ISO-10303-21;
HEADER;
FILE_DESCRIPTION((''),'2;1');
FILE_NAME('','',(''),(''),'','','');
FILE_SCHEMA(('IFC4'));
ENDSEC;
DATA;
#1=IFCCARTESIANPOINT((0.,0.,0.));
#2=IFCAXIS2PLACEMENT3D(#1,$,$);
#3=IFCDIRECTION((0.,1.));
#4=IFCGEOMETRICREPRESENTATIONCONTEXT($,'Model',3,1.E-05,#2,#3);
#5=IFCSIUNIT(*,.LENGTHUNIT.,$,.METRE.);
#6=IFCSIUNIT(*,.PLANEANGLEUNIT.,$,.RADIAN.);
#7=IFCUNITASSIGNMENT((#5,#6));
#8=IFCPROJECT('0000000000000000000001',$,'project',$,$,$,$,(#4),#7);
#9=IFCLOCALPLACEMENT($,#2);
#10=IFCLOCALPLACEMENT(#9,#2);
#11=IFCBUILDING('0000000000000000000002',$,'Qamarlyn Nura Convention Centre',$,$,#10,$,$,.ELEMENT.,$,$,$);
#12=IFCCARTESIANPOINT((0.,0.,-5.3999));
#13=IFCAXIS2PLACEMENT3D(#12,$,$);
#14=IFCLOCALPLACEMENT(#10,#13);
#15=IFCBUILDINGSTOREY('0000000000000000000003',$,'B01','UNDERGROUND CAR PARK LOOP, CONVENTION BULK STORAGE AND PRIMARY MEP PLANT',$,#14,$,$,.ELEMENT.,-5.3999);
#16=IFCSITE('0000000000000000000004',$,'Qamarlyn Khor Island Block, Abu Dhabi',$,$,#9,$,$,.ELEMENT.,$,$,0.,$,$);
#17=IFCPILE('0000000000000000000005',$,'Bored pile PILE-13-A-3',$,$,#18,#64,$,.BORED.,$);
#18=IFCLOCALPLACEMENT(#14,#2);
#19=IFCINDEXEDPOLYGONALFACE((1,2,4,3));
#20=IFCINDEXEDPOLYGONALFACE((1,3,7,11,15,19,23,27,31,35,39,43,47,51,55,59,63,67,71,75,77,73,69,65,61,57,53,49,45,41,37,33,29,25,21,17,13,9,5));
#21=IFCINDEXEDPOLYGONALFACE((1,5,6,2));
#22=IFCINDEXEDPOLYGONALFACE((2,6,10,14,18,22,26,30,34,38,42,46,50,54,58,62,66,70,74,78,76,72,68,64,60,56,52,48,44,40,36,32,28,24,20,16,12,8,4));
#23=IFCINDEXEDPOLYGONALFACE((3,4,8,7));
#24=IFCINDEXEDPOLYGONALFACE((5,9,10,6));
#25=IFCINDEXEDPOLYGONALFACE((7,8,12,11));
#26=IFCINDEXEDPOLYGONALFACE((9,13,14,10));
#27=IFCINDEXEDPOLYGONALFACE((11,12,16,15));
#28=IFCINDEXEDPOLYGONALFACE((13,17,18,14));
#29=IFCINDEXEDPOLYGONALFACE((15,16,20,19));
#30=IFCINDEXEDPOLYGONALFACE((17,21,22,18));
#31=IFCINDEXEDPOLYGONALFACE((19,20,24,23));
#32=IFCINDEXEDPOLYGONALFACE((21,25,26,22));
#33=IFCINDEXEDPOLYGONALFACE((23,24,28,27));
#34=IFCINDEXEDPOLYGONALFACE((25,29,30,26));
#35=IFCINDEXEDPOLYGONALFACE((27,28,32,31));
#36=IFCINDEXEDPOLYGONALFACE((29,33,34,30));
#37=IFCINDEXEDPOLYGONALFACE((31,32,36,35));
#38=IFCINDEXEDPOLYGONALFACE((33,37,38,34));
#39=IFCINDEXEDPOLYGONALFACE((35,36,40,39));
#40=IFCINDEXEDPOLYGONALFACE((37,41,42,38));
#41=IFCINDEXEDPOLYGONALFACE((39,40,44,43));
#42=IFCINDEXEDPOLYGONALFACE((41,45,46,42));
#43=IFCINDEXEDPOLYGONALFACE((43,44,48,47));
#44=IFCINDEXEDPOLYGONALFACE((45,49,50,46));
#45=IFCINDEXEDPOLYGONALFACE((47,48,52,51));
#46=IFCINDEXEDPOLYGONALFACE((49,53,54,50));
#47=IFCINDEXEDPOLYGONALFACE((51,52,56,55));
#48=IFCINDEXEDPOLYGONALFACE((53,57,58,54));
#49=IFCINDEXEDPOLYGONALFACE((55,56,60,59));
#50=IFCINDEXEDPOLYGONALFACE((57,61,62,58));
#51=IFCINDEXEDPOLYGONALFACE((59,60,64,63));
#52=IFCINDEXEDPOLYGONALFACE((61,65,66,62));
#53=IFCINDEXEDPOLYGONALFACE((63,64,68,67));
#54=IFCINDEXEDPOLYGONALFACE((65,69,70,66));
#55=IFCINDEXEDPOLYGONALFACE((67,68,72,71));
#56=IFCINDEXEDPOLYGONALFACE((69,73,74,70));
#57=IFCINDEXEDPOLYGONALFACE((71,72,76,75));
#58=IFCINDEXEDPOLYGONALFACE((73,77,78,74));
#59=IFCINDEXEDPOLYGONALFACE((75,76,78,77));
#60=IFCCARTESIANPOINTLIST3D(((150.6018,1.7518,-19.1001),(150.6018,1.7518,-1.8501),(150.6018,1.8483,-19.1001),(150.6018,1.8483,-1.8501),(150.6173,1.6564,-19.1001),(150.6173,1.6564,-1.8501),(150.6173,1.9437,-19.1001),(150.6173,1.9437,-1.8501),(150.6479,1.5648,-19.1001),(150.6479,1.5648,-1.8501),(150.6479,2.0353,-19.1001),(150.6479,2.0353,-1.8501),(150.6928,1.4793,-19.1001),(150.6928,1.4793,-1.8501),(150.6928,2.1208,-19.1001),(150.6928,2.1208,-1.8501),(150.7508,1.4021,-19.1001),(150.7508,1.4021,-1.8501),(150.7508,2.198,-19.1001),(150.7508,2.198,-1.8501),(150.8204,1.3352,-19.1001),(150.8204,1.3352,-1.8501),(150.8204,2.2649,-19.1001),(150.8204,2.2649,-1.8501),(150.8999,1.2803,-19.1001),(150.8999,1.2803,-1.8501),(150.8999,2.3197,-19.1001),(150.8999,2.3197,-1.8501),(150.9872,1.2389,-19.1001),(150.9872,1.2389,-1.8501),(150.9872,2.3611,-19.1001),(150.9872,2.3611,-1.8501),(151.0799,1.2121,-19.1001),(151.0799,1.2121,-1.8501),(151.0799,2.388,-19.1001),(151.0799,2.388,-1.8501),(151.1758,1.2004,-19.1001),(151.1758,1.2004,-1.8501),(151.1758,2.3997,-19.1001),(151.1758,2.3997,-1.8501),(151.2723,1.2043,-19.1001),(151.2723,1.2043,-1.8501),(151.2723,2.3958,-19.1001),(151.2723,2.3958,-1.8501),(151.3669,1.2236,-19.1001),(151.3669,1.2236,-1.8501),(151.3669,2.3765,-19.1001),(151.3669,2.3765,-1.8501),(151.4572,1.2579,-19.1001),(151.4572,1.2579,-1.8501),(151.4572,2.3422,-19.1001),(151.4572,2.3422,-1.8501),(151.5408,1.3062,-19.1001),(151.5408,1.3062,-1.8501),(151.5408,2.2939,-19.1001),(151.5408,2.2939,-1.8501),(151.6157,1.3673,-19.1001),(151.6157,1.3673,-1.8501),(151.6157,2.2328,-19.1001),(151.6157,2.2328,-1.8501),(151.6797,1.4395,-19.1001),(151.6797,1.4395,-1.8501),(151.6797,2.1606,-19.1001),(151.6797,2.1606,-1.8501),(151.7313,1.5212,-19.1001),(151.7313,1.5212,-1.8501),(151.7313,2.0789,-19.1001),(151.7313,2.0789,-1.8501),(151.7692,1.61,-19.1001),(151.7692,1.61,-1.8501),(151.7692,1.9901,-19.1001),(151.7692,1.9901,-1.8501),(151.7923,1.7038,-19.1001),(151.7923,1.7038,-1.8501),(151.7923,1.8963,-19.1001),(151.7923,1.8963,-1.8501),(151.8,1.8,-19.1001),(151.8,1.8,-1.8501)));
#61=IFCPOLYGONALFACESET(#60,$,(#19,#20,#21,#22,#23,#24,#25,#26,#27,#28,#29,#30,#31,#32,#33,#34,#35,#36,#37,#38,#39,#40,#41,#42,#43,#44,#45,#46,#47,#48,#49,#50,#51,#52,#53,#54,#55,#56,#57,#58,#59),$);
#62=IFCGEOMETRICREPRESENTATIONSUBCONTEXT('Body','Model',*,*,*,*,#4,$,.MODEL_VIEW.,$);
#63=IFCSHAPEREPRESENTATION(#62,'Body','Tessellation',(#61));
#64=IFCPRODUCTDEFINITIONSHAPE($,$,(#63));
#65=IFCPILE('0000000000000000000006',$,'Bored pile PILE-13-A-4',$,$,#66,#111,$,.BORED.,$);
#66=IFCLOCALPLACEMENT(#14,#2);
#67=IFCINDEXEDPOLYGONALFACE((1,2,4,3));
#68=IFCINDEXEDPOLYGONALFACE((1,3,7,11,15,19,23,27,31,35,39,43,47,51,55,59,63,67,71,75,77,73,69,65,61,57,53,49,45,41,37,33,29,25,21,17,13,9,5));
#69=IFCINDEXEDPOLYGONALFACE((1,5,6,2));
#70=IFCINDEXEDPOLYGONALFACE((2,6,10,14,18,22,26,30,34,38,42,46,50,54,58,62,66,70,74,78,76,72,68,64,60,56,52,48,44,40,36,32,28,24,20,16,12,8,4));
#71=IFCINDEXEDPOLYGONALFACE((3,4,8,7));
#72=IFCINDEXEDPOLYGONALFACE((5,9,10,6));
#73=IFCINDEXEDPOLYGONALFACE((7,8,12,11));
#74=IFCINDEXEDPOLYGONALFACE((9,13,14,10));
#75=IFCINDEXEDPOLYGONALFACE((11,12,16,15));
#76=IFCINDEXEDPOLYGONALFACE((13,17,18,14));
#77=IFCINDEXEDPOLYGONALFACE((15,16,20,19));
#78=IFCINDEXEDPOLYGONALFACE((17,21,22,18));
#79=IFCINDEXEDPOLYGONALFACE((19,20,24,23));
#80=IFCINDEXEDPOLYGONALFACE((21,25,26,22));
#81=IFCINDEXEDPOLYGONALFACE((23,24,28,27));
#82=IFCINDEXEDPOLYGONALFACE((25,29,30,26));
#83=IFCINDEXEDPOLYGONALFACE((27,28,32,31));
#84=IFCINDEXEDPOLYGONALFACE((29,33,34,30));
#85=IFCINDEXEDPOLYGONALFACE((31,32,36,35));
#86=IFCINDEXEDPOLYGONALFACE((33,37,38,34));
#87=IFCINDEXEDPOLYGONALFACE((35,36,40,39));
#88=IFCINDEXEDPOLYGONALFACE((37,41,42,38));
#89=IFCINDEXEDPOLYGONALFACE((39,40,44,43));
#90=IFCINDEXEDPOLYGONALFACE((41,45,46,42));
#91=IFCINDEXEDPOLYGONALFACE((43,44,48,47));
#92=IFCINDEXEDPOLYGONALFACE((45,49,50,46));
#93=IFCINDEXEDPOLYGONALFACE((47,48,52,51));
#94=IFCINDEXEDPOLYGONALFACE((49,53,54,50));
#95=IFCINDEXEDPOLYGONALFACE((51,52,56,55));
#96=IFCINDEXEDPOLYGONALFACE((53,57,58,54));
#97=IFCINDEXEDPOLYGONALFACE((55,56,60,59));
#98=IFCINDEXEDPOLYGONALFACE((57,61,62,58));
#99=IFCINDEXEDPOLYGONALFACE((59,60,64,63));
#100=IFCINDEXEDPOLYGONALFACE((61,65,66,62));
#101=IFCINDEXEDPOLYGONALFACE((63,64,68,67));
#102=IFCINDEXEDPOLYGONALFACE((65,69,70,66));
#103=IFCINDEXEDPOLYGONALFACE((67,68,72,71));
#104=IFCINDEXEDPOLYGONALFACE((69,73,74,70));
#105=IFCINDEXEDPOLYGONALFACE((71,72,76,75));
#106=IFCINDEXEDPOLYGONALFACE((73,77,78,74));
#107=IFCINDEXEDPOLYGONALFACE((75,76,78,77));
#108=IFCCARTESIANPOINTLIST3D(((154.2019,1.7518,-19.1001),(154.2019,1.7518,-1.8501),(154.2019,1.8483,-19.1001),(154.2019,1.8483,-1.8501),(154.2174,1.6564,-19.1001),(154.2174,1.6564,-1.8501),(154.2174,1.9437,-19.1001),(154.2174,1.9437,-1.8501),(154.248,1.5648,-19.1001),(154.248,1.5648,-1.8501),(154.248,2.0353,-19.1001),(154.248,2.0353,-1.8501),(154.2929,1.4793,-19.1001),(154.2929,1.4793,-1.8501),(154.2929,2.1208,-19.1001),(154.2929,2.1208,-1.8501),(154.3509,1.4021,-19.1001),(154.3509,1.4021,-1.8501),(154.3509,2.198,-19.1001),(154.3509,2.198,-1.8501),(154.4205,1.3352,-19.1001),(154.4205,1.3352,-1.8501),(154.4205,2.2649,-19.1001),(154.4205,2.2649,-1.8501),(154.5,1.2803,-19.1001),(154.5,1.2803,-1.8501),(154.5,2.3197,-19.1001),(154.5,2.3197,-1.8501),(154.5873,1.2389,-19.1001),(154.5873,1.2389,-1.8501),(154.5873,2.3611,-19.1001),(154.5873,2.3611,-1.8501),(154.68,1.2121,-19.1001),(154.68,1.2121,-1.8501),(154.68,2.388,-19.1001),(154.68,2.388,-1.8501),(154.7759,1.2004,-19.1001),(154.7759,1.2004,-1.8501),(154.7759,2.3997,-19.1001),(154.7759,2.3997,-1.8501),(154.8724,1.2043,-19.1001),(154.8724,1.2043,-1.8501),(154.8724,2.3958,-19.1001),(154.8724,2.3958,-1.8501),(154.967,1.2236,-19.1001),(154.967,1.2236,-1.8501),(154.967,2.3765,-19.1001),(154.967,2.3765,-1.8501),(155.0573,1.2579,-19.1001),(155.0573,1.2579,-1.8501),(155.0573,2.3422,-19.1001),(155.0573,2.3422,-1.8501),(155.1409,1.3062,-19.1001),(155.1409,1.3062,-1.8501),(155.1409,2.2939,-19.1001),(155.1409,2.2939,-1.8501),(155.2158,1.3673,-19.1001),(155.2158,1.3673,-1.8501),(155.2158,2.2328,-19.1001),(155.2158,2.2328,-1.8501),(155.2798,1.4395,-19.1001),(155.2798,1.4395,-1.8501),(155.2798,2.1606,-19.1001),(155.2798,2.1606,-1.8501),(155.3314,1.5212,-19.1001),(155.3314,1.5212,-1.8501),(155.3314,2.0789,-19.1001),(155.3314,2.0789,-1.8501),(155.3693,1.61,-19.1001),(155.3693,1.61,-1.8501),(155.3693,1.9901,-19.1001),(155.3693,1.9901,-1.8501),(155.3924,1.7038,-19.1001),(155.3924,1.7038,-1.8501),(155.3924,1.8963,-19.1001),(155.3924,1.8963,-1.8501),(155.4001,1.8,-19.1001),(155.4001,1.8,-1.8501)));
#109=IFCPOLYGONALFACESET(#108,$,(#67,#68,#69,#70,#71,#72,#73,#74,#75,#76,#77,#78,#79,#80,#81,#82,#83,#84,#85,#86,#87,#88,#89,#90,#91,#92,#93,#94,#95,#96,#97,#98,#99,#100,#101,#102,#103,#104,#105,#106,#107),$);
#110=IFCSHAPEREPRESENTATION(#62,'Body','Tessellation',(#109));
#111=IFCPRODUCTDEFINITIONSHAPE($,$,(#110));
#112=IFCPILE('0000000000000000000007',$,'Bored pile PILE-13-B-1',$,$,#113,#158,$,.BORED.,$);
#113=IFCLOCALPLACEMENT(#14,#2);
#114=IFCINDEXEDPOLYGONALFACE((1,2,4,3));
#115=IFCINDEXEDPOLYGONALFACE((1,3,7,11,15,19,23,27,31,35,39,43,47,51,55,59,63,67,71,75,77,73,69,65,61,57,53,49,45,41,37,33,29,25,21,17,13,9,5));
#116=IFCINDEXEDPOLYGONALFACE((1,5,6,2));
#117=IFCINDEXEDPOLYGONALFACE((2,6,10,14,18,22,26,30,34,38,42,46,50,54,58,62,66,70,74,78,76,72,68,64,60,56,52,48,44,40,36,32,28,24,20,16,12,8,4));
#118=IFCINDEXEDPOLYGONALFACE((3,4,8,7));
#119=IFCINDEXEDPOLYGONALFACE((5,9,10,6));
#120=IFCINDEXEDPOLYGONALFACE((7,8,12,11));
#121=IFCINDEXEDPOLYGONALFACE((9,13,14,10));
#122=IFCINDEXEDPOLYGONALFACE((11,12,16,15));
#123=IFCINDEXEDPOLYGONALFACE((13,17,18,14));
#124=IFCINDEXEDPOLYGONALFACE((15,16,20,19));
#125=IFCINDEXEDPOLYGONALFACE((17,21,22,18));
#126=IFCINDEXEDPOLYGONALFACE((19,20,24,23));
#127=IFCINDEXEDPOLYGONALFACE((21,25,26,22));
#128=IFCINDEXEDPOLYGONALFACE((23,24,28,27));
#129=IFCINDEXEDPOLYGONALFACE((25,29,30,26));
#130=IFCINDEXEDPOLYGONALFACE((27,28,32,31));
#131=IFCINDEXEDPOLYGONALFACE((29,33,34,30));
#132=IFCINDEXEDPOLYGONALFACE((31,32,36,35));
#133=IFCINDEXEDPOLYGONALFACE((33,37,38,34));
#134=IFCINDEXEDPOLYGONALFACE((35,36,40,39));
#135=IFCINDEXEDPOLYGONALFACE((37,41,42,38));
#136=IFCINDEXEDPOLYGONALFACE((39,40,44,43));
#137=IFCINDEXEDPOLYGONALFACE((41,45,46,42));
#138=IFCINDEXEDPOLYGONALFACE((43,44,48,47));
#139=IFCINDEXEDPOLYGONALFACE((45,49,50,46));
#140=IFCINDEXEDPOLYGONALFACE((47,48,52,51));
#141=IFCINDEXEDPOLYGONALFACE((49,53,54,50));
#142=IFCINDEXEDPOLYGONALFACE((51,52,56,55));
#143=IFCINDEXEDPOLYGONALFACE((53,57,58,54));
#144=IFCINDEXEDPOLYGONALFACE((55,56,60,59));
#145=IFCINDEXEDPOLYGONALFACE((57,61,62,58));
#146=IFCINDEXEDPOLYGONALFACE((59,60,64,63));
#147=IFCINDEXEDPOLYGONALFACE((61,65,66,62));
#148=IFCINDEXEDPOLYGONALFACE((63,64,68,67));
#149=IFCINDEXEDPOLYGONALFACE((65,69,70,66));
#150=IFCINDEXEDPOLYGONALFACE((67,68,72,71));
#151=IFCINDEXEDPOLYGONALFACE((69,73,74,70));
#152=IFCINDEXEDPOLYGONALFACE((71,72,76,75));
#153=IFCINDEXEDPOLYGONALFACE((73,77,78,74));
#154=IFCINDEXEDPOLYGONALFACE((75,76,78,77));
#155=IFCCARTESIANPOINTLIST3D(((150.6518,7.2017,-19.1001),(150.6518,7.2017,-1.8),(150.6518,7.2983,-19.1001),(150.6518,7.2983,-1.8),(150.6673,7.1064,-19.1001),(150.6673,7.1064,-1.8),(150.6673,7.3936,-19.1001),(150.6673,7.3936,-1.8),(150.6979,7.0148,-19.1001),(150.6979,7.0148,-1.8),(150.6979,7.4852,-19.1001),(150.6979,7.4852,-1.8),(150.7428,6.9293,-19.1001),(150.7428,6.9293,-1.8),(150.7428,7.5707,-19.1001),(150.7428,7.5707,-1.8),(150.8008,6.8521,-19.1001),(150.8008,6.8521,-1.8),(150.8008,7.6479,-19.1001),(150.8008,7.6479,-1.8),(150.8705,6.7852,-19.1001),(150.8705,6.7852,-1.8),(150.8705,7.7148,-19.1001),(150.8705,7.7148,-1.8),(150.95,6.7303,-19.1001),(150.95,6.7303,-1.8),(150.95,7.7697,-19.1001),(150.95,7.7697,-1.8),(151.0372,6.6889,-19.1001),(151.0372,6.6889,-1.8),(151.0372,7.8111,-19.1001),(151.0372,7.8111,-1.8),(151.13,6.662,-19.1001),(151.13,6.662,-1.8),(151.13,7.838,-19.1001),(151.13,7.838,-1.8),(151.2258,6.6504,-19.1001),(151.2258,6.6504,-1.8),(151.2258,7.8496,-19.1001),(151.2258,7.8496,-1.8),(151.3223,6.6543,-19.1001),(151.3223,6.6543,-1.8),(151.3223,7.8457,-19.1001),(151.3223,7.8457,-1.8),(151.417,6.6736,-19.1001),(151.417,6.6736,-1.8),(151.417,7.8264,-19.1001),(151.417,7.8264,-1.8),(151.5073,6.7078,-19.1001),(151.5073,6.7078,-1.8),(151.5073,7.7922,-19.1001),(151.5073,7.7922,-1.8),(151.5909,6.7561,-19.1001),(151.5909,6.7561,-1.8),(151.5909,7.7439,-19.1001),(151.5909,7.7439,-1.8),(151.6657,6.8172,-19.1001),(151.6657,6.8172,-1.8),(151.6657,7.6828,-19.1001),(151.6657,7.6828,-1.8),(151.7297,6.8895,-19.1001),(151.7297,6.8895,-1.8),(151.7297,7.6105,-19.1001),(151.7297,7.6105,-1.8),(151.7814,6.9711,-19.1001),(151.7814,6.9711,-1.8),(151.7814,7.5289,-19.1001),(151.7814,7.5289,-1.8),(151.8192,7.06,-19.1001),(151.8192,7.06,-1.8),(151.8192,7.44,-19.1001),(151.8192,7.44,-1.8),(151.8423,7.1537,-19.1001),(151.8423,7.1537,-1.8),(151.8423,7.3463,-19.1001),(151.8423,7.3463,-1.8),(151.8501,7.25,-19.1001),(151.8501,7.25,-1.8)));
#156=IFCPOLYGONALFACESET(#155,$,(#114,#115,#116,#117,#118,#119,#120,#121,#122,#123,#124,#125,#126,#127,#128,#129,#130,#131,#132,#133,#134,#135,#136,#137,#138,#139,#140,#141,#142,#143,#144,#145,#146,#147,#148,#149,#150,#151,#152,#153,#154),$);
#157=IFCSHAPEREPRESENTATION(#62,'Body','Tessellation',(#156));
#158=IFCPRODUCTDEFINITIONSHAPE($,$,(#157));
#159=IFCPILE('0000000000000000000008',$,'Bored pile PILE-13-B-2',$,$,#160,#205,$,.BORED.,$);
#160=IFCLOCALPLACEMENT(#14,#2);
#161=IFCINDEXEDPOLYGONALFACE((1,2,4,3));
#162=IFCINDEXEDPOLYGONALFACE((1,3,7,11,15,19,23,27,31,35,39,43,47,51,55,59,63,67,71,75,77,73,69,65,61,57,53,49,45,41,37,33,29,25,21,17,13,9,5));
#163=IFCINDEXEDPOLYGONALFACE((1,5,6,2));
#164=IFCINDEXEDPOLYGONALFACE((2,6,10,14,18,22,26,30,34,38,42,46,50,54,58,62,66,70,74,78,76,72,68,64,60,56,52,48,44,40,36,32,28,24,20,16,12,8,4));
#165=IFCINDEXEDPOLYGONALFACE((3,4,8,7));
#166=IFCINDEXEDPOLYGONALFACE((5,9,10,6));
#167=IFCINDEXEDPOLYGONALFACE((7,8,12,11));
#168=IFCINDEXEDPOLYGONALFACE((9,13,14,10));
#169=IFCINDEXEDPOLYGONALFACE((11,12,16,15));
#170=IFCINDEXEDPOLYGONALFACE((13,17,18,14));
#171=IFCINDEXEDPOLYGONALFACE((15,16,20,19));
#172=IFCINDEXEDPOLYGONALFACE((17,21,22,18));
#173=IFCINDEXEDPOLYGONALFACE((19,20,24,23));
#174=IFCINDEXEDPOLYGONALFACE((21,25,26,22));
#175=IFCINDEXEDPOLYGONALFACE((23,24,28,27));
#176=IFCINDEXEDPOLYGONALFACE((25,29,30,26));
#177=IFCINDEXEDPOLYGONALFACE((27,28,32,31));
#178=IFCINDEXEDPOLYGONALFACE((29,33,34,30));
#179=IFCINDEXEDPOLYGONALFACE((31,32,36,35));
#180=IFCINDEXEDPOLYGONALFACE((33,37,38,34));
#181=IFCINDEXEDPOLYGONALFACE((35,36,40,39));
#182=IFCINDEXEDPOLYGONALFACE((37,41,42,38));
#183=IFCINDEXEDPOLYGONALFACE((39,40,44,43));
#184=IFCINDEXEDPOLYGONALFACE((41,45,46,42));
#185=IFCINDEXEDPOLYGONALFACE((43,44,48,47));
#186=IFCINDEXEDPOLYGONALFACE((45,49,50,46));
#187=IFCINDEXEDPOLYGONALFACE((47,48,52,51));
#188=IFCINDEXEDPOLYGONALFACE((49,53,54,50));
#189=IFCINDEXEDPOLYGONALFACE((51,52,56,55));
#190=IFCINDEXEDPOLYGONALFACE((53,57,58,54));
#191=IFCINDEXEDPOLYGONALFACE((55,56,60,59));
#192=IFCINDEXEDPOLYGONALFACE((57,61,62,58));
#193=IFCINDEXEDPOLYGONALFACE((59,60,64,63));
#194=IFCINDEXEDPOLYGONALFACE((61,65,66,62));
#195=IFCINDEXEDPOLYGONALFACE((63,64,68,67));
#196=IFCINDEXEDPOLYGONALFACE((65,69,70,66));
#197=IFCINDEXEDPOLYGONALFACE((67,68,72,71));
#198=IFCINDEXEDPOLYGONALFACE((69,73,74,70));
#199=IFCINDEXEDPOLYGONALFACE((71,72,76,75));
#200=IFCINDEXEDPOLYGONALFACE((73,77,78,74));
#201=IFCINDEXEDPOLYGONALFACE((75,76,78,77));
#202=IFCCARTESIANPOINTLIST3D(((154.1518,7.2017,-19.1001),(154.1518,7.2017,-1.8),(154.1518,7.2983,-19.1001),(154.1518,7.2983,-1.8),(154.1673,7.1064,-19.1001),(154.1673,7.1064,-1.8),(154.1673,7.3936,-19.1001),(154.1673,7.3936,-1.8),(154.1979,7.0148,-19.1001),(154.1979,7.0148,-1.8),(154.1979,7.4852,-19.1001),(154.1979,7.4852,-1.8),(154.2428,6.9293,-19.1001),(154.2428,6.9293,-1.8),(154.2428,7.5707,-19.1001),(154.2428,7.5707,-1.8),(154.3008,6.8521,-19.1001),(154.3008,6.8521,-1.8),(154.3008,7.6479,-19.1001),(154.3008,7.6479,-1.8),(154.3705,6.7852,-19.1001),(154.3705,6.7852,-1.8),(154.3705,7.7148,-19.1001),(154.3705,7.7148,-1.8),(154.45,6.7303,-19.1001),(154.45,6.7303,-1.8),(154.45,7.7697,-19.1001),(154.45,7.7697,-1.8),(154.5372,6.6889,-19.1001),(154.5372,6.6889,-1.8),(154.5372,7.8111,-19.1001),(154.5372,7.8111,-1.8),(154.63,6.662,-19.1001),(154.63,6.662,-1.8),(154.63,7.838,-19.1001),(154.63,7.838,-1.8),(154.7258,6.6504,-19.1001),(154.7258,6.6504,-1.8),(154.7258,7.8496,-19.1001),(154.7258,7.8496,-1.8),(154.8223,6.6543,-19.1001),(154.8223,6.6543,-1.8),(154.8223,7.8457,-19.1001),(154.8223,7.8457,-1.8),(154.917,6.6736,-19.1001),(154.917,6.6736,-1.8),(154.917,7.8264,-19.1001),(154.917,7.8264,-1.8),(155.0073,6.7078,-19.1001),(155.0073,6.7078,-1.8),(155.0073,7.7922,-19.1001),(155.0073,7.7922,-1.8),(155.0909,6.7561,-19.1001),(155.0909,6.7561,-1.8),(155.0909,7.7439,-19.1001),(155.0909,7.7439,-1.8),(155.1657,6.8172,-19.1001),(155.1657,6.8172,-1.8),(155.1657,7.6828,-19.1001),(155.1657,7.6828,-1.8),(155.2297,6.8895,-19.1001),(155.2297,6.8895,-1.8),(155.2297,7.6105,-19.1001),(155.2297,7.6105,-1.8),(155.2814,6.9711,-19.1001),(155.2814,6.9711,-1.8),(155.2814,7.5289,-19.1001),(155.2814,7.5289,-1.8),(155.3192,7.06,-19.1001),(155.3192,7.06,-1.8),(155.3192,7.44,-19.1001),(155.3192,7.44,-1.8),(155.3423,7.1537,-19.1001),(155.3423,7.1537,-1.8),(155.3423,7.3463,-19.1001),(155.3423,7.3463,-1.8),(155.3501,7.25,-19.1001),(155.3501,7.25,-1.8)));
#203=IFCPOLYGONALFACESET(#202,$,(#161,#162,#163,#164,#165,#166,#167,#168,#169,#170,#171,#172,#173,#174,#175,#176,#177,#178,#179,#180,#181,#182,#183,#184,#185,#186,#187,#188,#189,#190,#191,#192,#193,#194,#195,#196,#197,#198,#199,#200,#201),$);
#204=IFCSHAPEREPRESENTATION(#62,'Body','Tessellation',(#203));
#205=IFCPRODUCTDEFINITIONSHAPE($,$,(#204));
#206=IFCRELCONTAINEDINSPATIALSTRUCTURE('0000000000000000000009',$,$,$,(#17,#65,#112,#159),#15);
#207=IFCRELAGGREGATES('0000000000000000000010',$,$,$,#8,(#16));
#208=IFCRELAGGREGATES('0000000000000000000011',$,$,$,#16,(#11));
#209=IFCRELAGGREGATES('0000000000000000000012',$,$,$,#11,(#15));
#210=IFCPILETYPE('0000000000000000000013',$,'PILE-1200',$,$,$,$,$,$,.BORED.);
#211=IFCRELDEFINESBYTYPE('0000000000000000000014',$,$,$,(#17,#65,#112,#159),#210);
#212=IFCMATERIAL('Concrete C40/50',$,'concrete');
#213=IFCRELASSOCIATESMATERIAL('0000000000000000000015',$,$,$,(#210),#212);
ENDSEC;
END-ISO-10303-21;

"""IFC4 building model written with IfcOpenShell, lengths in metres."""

from ifc_helpers import new_model, si_unit, direction, frame, origin, origin_2d, place, context, subcontext, project, spatial, circle, extrude, material, material_profile, profile_set, type_object, element, save


model = new_model("IFC4")

# Units and contexts
model_context = context("Model", 3, precision=1e-05, world=origin(), true_north=direction((0.0, 1.0)))
body_context = subcontext(model_context, "Body", "Model", "MODEL_VIEW")
ifc_project = project(units=[si_unit("LENGTHUNIT", "METRE"), si_unit("PLANEANGLEUNIT", "RADIAN")], contexts=[model_context])

# Site, building, storey
site_placement = place(None, origin())
site = spatial("IfcSite", under=ifc_project, at=site_placement, Name="Qamarlyn Khor Island Block, Abu Dhabi", CompositionType="ELEMENT", RefElevation=0.0)
building_placement = place(site_placement, origin())
building = spatial("IfcBuilding", under=site, at=building_placement, Name="Qamarlyn Nura Convention Centre", CompositionType="ELEMENT")
storey_placement = place(building_placement, frame((0.0, 0.0, -5.3999)))
storey = spatial("IfcBuildingStorey", under=building, at=storey_placement, Name="B01", Description="UNDERGROUND CAR PARK LOOP, CONVENTION BULK STORAGE AND PRIMARY MEP PLANT", CompositionType="ELEMENT", Elevation=-5.3999)

# Shared definitions
ifc_material_1 = material(Name="Concrete C40/50", Category="concrete")

# Piles
ifc_material_profile_1 = material_profile(ifc_material_1, circle(Radius=0.6001, at=origin_2d()), Name="BORED PILE 1200")
ifc_profile_set_1 = profile_set([ifc_material_profile_1], Name="Concrete C40/50")
pile_type_1 = type_object("IfcPileType", Name="PILE-1200", PredefinedType="BORED", material=ifc_profile_set_1)
for number, where, z_axis, x_axis, name in (
    (1, (151.2, 1.8, -1.8501), (0.0, 0.0, -1.0), (1.0, 0.0, 0.0), "Bored pile PILE-13-A-3"),
    (2, (154.8, 1.8, -1.8501), (0.0, 0.0, -1.0), (1.0, 0.0, 0.0), "Bored pile PILE-13-A-4"),
):
    element("IfcPile", number, at=place(storey_placement, frame(where, z_axis=z_axis, x_axis=x_axis)), inside=storey, type_object=pile_type_1, Name=name, PredefinedType="BORED", context=body_context, shape_type="SweptSolid", body=[
        extrude(circle(Radius=0.6001, at=origin_2d()), origin(), (0.0, 0.0, 1.0), 17.25),
    ])
for number, where, z_axis, x_axis, name in (
    (3, (151.25, 7.25, -1.8), (0.0, 0.0, -1.0), (1.0, 0.0, 0.0), "Bored pile PILE-13-B-1"),
    (4, (154.75, 7.25, -1.8), (0.0, 0.0, -1.0), (1.0, 0.0, 0.0), "Bored pile PILE-13-B-2"),
):
    element("IfcPile", number, at=place(storey_placement, frame(where, z_axis=z_axis, x_axis=x_axis)), inside=storey, type_object=pile_type_1, Name=name, PredefinedType="BORED", context=body_context, shape_type="SweptSolid", body=[
        extrude(circle(Radius=0.6001, at=origin_2d()), origin(), (0.0, 0.0, 1.0), 17.3),
    ])

save(model, "model.ifc")
